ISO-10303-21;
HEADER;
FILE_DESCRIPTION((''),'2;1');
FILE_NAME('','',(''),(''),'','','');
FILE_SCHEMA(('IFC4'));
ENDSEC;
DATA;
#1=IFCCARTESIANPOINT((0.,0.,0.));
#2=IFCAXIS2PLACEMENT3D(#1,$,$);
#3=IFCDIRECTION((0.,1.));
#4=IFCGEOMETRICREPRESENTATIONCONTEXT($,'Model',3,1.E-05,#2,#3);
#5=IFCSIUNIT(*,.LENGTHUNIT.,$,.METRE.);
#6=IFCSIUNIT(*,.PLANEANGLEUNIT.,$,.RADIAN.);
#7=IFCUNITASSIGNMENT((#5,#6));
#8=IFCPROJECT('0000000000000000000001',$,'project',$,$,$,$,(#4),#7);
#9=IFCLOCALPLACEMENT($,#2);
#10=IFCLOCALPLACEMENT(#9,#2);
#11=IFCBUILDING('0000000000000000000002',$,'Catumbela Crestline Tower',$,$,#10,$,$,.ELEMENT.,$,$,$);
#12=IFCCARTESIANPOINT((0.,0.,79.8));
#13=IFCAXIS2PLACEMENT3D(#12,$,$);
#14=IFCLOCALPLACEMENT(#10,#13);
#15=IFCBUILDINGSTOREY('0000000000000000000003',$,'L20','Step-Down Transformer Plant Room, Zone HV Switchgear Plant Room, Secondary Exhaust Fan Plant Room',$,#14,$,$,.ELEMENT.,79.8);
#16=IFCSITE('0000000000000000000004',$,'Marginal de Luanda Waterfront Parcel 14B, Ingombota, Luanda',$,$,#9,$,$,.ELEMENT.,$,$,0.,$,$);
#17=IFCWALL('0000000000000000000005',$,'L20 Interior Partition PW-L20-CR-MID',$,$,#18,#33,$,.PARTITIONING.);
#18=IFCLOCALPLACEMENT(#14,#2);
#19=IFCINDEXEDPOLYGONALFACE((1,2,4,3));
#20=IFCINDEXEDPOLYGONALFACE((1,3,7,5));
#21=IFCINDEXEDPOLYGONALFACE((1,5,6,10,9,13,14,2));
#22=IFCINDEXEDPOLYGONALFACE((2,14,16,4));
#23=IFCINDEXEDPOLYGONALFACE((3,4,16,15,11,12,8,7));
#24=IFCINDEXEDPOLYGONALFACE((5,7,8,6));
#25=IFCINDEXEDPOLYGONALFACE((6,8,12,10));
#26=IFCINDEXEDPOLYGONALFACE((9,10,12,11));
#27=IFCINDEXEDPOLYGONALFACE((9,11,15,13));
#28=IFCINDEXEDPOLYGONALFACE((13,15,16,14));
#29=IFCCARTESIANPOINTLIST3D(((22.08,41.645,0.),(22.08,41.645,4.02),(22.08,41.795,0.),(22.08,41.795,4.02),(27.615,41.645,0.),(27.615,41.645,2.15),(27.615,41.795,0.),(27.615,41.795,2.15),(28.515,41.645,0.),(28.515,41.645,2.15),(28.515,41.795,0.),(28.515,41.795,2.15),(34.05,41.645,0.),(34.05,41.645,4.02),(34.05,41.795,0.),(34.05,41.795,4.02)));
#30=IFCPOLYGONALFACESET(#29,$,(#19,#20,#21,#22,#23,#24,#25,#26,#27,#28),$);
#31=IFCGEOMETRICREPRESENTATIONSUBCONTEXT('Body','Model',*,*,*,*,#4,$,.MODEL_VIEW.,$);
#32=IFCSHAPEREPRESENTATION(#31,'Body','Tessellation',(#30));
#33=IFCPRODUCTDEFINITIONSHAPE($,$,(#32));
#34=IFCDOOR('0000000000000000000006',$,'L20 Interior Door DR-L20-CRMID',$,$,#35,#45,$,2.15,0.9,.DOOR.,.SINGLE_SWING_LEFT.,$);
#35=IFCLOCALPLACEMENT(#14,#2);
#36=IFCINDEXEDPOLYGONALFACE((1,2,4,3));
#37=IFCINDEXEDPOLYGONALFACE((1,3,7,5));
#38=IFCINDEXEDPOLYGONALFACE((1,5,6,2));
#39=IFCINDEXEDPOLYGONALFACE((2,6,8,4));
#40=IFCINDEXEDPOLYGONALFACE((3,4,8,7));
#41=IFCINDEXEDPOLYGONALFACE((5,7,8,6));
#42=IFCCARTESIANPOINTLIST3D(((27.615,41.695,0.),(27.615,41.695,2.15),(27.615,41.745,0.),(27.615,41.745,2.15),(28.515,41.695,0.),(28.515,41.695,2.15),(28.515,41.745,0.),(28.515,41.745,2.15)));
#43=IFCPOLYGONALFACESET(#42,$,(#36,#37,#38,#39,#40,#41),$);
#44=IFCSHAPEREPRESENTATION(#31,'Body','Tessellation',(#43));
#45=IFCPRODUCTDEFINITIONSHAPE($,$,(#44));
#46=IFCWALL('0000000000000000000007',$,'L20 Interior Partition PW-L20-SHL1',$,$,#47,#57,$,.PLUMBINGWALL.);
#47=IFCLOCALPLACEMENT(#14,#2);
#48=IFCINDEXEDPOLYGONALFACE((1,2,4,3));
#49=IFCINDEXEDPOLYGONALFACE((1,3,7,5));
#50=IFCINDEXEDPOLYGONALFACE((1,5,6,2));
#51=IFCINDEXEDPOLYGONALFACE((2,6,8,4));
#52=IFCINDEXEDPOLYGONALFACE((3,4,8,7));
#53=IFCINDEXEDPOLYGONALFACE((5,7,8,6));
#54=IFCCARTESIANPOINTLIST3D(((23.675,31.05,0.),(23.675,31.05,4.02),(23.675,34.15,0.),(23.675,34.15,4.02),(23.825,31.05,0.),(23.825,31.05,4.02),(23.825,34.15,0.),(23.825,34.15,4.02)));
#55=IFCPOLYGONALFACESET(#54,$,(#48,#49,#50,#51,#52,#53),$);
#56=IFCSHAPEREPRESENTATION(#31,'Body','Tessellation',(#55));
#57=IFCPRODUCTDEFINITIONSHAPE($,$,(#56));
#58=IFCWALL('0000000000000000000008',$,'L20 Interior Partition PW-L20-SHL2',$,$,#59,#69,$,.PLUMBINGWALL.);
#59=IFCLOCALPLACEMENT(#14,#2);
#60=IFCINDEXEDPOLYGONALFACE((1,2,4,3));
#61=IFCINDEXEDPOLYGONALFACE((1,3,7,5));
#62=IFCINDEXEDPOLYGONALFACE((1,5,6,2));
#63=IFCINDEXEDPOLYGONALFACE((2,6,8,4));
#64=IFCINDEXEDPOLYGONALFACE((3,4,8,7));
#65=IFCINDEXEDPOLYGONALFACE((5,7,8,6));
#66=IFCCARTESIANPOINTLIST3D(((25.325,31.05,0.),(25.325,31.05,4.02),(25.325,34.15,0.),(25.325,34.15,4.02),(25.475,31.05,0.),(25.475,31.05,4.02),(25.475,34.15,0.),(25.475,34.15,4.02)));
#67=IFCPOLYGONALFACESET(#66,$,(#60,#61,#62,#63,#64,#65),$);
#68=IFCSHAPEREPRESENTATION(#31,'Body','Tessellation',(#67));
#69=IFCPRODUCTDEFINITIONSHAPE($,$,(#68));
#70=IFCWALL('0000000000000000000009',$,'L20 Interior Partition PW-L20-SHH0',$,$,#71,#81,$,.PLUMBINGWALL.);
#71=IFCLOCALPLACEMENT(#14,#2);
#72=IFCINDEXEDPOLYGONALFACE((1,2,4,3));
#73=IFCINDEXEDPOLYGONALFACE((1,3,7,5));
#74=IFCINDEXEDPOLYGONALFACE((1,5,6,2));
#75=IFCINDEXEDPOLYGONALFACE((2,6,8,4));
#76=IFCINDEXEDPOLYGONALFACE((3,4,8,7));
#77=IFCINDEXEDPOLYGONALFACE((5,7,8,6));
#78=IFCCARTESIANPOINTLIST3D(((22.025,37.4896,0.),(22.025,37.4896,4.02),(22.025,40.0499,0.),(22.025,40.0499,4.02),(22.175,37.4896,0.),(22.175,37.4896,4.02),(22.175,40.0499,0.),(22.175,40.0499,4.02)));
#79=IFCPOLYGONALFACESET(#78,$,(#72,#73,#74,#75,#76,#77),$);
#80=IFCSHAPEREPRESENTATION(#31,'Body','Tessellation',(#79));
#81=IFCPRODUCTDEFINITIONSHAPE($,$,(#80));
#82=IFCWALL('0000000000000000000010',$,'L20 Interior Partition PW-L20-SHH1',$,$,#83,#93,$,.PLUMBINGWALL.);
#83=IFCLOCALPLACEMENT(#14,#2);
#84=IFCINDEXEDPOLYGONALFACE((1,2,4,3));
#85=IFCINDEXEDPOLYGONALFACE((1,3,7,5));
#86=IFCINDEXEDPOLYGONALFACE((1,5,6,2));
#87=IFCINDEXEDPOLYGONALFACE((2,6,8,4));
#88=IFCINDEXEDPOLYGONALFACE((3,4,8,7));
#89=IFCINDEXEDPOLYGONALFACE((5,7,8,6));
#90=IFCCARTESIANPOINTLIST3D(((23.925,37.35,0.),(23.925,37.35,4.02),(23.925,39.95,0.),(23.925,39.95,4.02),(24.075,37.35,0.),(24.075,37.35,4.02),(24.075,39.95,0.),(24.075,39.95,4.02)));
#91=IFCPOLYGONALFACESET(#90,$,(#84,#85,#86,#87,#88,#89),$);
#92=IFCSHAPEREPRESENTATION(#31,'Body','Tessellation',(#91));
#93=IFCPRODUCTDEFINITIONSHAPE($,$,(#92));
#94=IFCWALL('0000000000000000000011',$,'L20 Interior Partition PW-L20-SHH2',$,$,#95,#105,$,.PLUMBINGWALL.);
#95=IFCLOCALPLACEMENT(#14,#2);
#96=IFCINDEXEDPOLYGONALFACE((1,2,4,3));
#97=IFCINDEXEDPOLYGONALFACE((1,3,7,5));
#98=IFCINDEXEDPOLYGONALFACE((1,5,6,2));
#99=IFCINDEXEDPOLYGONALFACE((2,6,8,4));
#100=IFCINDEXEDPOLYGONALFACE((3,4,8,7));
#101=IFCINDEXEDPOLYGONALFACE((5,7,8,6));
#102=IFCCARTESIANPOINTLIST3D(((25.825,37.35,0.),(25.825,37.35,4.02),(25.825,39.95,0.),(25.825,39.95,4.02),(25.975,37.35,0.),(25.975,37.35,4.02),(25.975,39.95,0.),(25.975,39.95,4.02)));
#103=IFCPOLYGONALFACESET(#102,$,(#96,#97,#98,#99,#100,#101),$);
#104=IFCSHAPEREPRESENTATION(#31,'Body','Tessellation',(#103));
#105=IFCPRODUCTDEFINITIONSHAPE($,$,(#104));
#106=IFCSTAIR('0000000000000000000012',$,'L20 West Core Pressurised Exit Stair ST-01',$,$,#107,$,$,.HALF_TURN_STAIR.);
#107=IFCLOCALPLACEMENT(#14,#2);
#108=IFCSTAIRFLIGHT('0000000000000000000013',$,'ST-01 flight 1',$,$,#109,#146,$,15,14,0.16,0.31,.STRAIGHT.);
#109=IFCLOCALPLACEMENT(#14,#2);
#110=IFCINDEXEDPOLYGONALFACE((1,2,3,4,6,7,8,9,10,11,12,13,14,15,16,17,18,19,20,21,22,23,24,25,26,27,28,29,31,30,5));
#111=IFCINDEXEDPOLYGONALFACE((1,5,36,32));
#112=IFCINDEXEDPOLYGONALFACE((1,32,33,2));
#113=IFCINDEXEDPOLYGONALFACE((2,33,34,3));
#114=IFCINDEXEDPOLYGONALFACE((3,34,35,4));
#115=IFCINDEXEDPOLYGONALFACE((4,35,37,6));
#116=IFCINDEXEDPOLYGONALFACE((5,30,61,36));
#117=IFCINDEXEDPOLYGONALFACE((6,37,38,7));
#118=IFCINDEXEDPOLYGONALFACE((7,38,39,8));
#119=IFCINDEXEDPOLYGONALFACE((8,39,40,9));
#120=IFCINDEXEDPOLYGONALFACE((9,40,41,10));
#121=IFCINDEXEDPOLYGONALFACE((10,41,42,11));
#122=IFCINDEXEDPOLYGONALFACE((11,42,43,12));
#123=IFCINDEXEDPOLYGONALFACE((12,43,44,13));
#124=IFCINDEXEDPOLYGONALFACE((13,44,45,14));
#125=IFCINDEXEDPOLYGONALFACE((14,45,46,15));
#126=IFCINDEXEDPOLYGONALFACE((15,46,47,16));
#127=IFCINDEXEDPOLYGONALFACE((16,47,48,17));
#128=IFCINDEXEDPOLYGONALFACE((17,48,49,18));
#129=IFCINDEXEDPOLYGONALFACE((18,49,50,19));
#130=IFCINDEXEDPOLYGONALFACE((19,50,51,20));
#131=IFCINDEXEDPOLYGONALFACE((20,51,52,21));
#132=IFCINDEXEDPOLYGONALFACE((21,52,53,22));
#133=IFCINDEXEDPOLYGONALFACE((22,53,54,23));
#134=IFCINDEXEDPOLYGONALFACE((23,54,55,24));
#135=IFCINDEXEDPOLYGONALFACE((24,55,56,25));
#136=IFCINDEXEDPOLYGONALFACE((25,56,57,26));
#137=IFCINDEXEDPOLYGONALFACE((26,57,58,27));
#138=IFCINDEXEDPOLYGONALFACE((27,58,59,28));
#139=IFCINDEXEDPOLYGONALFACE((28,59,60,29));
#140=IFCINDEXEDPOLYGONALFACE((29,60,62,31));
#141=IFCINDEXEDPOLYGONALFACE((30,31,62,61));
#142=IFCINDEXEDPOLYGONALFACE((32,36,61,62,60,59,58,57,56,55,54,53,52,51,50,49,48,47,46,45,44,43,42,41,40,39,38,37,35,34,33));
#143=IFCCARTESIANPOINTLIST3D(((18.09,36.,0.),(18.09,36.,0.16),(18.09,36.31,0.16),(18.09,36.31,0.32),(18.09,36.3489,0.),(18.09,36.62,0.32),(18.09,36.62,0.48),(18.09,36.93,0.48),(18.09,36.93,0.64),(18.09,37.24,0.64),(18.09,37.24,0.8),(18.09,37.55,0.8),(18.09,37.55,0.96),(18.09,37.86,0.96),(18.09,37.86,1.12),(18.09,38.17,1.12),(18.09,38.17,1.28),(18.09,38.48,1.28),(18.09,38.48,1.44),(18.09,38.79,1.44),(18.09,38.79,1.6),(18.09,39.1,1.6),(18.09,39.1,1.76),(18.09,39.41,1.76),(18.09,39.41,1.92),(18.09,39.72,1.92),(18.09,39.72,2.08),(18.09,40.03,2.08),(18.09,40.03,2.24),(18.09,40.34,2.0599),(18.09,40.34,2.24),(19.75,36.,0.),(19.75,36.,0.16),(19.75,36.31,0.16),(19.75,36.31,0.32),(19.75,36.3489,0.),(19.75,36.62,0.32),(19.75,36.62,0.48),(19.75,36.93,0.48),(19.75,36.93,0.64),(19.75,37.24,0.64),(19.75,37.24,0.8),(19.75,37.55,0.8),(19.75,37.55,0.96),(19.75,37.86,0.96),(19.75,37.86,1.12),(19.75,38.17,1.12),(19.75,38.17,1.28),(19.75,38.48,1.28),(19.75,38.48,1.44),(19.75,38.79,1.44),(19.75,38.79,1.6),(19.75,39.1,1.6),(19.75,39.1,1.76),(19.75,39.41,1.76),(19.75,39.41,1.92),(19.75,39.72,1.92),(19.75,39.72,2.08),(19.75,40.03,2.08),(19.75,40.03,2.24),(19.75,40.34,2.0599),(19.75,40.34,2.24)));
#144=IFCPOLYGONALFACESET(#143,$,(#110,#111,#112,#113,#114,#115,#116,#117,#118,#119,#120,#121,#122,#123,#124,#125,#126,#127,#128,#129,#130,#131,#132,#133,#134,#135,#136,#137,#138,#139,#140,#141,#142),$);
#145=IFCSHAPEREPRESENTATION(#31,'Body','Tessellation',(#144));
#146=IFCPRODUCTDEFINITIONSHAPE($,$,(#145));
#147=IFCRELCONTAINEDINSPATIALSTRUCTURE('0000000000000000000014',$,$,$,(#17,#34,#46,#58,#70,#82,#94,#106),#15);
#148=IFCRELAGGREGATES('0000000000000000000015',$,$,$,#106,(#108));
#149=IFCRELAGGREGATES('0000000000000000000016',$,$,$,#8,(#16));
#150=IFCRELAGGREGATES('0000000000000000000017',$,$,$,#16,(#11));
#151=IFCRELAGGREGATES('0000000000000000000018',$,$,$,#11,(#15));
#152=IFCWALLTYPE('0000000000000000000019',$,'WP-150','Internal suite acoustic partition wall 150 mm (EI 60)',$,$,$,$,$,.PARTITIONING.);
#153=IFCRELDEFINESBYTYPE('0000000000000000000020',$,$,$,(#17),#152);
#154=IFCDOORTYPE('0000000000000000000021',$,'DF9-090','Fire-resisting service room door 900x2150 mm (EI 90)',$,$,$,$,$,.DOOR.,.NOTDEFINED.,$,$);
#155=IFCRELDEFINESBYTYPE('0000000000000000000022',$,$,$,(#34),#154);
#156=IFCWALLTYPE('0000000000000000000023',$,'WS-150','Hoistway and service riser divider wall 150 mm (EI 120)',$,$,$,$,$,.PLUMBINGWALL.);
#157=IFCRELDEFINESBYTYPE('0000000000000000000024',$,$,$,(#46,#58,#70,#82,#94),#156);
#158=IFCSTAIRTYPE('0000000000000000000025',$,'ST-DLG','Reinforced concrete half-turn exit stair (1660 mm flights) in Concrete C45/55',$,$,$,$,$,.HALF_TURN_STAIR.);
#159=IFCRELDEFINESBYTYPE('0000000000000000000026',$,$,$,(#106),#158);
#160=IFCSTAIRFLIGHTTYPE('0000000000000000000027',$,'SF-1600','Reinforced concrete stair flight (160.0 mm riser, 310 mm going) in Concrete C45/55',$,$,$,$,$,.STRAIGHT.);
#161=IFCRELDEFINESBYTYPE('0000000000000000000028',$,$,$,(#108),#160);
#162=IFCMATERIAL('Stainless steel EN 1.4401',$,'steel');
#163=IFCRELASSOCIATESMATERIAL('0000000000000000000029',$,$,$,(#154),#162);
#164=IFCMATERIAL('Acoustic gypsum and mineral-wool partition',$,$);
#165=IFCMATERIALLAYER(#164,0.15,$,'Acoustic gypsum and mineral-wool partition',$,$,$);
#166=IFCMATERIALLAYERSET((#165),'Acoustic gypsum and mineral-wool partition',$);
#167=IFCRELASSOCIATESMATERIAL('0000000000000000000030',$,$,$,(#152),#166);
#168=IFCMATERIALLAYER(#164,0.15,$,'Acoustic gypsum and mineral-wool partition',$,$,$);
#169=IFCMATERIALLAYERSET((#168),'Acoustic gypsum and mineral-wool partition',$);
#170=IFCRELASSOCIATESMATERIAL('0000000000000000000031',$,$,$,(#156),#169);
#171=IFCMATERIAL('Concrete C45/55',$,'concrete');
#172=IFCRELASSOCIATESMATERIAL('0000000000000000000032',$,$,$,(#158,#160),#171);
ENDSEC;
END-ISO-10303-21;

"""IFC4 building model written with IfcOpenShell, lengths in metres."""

from ifc_helpers import new_model, si_unit, direction, frame, frame_2d, origin, place, context, subcontext, project, spatial, polyline, rectangle, outline, extrude, material, layer, layer_set, type_object, element, fill, aggregate, save


model = new_model("IFC4")

# Units and contexts
model_context = context("Model", 3, precision=1e-05, world=origin(), true_north=direction((0.0, 1.0)))
body_context = subcontext(model_context, "Body", "Model", "MODEL_VIEW")
ifc_project = project(units=[si_unit("LENGTHUNIT", "METRE"), si_unit("PLANEANGLEUNIT", "RADIAN")], contexts=[model_context])

# Site, building, storey
site_placement = place(None, origin())
site = spatial("IfcSite", under=ifc_project, at=site_placement, Name="Marginal de Luanda Waterfront Parcel 14B, Ingombota, Luanda", CompositionType="ELEMENT", RefElevation=0.0)
building_placement = place(site_placement, origin())
building = spatial("IfcBuilding", under=site, at=building_placement, Name="Catumbela Crestline Tower", CompositionType="ELEMENT")
storey_placement = place(building_placement, frame((0.0, 0.0, 79.8)))
storey = spatial("IfcBuildingStorey", under=building, at=storey_placement, Name="L20", Description="Step-Down Transformer Plant Room, Zone HV Switchgear Plant Room, Secondary Exhaust Fan Plant Room", CompositionType="ELEMENT", Elevation=79.8)

# Shared definitions
ifc_material_1 = material(Name="Stainless steel EN 1.4401", Category="steel")

# Shared definitions
door_type_1 = type_object("IfcDoorType", Name="DF9-090", Description="Fire-resisting service room door 900x2150 mm (EI 90)", OperationType="NOTDEFINED", PredefinedType="DOOR", material=ifc_material_1)

# Wall, opening, door
ifc_material_2 = material(Name="Acoustic gypsum and mineral-wool partition")
ifc_layer_1 = layer(ifc_material_2, 0.15, Name="Acoustic gypsum and mineral-wool partition")
ifc_layer_set_1 = layer_set([ifc_layer_1], Name="Acoustic gypsum and mineral-wool partition")
wall_type_1 = type_object("IfcWallType", Name="WP-150", Description="Internal suite acoustic partition wall 150 mm (EI 60)", PredefinedType="PARTITIONING", material=ifc_layer_set_1)
wall_1_placement = place(storey_placement, frame((22.08, 41.72, 0.0), z_axis=(0.0, 0.0, 1.0), x_axis=(1.0, 0.0, 0.0)))
wall_1 = element("IfcWall", 1, at=wall_1_placement, inside=storey, type_object=wall_type_1, Name="L20 Interior Partition PW-L20-CR-MID", PredefinedType="PARTITIONING", context=body_context, shape_type="SweptSolid", body=[
    extrude(rectangle(XDim=11.97, YDim=0.15, at=frame_2d((5.985, 0.0))), origin(), (0.0, 0.0, 1.0), 4.02),
])
opening_1_placement = place(wall_1_placement, frame((5.535, 0.0, 0.0)))
opening_1 = element("IfcOpeningElement", 2, at=opening_1_placement, cuts=wall_1, PredefinedType="OPENING", context=body_context, shape_type="SweptSolid", body=[
    extrude(rectangle(XDim=0.9, YDim=2.15, at=frame_2d((0.45, 1.075))), frame((0.0, 0.085, 0.0), z_axis=(0.0, -1.0, 0.0), x_axis=(1.0, 0.0, 0.0)), (0.0, 0.0, 1.0), 0.17),
])
door_1_placement = place(opening_1_placement, origin())
door_1 = element("IfcDoor", 3, at=door_1_placement, inside=storey, type_object=door_type_1, Name="L20 Interior Door DR-L20-CRMID", OperationType="SINGLE_SWING_LEFT", OverallHeight=2.15, OverallWidth=0.9, PredefinedType="DOOR", context=body_context, shape_type="SweptSolid", body=[
    extrude(rectangle(XDim=0.9, YDim=2.15, at=frame_2d((0.45, 1.075))), frame((0.0, 0.025, 0.0), z_axis=(0.0, -1.0, 0.0), x_axis=(1.0, 0.0, 0.0)), (0.0, 0.0, 1.0), 0.05),
])
fill(opening_1, door_1)

# Walls
ifc_layer_2 = layer(ifc_material_2, 0.15, Name="Acoustic gypsum and mineral-wool partition")
ifc_layer_set_2 = layer_set([ifc_layer_2], Name="Acoustic gypsum and mineral-wool partition")
wall_type_2 = type_object("IfcWallType", Name="WS-150", Description="Hoistway and service riser divider wall 150 mm (EI 120)", PredefinedType="PLUMBINGWALL", material=ifc_layer_set_2)
for number, where, z_axis, x_axis, name in (
    (4, (23.75, 31.05, 0.0), (0.0, 0.0, 1.0), (0.0, 1.0, 0.0), "L20 Interior Partition PW-L20-SHL1"),
    (5, (25.4, 31.05, 0.0), (0.0, 0.0, 1.0), (0.0, 1.0, 0.0), "L20 Interior Partition PW-L20-SHL2"),
):
    element("IfcWall", number, at=place(storey_placement, frame(where, z_axis=z_axis, x_axis=x_axis)), inside=storey, type_object=wall_type_2, Name=name, PredefinedType="PLUMBINGWALL", context=body_context, shape_type="SweptSolid", body=[
        extrude(rectangle(XDim=3.1, YDim=0.15, at=frame_2d((1.55, 0.0))), origin(), (0.0, 0.0, 1.0), 4.02),
    ])
wall_2_placement = place(storey_placement, frame((22.1, 37.4897, 0.0), z_axis=(0.0, 0.0, 1.0), x_axis=(0.0, 1.0, 0.0)))
element("IfcWall", 6, at=wall_2_placement, inside=storey, type_object=wall_type_2, Name="L20 Interior Partition PW-L20-SHH0", PredefinedType="PLUMBINGWALL", context=body_context, shape_type="SweptSolid", body=[
    extrude(rectangle(XDim=2.5603, YDim=0.15, at=frame_2d((1.2801, 0.0))), origin(), (0.0, 0.0, 1.0), 4.02),
])
for number, where, z_axis, x_axis, name in (
    (7, (24.0, 37.35, 0.0), (0.0, 0.0, 1.0), (0.0, 1.0, 0.0), "L20 Interior Partition PW-L20-SHH1"),
    (8, (25.9, 37.35, 0.0), (0.0, 0.0, 1.0), (0.0, 1.0, 0.0), "L20 Interior Partition PW-L20-SHH2"),
):
    element("IfcWall", number, at=place(storey_placement, frame(where, z_axis=z_axis, x_axis=x_axis)), inside=storey, type_object=wall_type_2, Name=name, PredefinedType="PLUMBINGWALL", context=body_context, shape_type="SweptSolid", body=[
        extrude(rectangle(XDim=2.6, YDim=0.15, at=frame_2d((1.3, 0.0))), origin(), (0.0, 0.0, 1.0), 4.02),
    ])

# Stair, stair flight
ifc_material_3 = material(Name="Concrete C45/55", Category="concrete")
stair_type = type_object("IfcStairType", Name="ST-DLG", Description="Reinforced concrete half-turn exit stair (1660 mm flights) in Concrete C45/55", PredefinedType="HALF_TURN_STAIR", material=ifc_material_3)
stair_placement = place(storey_placement, origin())
stair = element("IfcStair", 9, at=stair_placement, inside=storey, type_object=stair_type, Name="L20 West Core Pressurised Exit Stair ST-01", PredefinedType="HALF_TURN_STAIR")
stair_flight_type = type_object("IfcStairFlightType", Name="SF-1600", Description="Reinforced concrete stair flight (160.0 mm riser, 310 mm going) in Concrete C45/55", PredefinedType="STRAIGHT", material=ifc_material_3)
stair_flight_placement = place(storey_placement, frame((18.92, 36.0, 0.0), z_axis=(0.0, 0.0, 1.0), x_axis=(0.0, 1.0, 0.0)))
stair_flight = element("IfcStairFlight", 10, at=stair_flight_placement, type_object=stair_flight_type, Name="ST-01 flight 1", NumberOfRisers=15, NumberOfTreads=14, PredefinedType="STRAIGHT", RiserHeight=0.16, TreadLength=0.31, context=body_context, shape_type="SweptSolid", body=[
    extrude(outline(polyline([(0.0, 0.0), (0.0, 0.16), (0.31, 0.16), (0.31, 0.32), (0.62, 0.32), (0.62, 0.48), (0.93, 0.48), (0.93, 0.64), (1.24, 0.64), (1.24, 0.8), (1.55, 0.8), (1.55, 0.96), (1.86, 0.96), (1.86, 1.12), (2.17, 1.12), (2.17, 1.28), (2.48, 1.28), (2.48, 1.44), (2.79, 1.44), (2.79, 1.6), (3.1, 1.6), (3.1, 1.76), (3.41, 1.76), (3.41, 1.92), (3.72, 1.92), (3.72, 2.08), (4.03, 2.08), (4.03, 2.24), (4.34, 2.24), (4.34, 2.4), (4.34, 2.0599), (0.3489, 0.0), (0.0, 0.0)])), frame((0.0, 0.83, 0.0), z_axis=(0.0, -1.0, 0.0), x_axis=(1.0, 0.0, 0.0)), (0.0, 0.0, 1.0), 1.66),
])
aggregate(stair, [stair_flight])

save(model, "model.ifc")
